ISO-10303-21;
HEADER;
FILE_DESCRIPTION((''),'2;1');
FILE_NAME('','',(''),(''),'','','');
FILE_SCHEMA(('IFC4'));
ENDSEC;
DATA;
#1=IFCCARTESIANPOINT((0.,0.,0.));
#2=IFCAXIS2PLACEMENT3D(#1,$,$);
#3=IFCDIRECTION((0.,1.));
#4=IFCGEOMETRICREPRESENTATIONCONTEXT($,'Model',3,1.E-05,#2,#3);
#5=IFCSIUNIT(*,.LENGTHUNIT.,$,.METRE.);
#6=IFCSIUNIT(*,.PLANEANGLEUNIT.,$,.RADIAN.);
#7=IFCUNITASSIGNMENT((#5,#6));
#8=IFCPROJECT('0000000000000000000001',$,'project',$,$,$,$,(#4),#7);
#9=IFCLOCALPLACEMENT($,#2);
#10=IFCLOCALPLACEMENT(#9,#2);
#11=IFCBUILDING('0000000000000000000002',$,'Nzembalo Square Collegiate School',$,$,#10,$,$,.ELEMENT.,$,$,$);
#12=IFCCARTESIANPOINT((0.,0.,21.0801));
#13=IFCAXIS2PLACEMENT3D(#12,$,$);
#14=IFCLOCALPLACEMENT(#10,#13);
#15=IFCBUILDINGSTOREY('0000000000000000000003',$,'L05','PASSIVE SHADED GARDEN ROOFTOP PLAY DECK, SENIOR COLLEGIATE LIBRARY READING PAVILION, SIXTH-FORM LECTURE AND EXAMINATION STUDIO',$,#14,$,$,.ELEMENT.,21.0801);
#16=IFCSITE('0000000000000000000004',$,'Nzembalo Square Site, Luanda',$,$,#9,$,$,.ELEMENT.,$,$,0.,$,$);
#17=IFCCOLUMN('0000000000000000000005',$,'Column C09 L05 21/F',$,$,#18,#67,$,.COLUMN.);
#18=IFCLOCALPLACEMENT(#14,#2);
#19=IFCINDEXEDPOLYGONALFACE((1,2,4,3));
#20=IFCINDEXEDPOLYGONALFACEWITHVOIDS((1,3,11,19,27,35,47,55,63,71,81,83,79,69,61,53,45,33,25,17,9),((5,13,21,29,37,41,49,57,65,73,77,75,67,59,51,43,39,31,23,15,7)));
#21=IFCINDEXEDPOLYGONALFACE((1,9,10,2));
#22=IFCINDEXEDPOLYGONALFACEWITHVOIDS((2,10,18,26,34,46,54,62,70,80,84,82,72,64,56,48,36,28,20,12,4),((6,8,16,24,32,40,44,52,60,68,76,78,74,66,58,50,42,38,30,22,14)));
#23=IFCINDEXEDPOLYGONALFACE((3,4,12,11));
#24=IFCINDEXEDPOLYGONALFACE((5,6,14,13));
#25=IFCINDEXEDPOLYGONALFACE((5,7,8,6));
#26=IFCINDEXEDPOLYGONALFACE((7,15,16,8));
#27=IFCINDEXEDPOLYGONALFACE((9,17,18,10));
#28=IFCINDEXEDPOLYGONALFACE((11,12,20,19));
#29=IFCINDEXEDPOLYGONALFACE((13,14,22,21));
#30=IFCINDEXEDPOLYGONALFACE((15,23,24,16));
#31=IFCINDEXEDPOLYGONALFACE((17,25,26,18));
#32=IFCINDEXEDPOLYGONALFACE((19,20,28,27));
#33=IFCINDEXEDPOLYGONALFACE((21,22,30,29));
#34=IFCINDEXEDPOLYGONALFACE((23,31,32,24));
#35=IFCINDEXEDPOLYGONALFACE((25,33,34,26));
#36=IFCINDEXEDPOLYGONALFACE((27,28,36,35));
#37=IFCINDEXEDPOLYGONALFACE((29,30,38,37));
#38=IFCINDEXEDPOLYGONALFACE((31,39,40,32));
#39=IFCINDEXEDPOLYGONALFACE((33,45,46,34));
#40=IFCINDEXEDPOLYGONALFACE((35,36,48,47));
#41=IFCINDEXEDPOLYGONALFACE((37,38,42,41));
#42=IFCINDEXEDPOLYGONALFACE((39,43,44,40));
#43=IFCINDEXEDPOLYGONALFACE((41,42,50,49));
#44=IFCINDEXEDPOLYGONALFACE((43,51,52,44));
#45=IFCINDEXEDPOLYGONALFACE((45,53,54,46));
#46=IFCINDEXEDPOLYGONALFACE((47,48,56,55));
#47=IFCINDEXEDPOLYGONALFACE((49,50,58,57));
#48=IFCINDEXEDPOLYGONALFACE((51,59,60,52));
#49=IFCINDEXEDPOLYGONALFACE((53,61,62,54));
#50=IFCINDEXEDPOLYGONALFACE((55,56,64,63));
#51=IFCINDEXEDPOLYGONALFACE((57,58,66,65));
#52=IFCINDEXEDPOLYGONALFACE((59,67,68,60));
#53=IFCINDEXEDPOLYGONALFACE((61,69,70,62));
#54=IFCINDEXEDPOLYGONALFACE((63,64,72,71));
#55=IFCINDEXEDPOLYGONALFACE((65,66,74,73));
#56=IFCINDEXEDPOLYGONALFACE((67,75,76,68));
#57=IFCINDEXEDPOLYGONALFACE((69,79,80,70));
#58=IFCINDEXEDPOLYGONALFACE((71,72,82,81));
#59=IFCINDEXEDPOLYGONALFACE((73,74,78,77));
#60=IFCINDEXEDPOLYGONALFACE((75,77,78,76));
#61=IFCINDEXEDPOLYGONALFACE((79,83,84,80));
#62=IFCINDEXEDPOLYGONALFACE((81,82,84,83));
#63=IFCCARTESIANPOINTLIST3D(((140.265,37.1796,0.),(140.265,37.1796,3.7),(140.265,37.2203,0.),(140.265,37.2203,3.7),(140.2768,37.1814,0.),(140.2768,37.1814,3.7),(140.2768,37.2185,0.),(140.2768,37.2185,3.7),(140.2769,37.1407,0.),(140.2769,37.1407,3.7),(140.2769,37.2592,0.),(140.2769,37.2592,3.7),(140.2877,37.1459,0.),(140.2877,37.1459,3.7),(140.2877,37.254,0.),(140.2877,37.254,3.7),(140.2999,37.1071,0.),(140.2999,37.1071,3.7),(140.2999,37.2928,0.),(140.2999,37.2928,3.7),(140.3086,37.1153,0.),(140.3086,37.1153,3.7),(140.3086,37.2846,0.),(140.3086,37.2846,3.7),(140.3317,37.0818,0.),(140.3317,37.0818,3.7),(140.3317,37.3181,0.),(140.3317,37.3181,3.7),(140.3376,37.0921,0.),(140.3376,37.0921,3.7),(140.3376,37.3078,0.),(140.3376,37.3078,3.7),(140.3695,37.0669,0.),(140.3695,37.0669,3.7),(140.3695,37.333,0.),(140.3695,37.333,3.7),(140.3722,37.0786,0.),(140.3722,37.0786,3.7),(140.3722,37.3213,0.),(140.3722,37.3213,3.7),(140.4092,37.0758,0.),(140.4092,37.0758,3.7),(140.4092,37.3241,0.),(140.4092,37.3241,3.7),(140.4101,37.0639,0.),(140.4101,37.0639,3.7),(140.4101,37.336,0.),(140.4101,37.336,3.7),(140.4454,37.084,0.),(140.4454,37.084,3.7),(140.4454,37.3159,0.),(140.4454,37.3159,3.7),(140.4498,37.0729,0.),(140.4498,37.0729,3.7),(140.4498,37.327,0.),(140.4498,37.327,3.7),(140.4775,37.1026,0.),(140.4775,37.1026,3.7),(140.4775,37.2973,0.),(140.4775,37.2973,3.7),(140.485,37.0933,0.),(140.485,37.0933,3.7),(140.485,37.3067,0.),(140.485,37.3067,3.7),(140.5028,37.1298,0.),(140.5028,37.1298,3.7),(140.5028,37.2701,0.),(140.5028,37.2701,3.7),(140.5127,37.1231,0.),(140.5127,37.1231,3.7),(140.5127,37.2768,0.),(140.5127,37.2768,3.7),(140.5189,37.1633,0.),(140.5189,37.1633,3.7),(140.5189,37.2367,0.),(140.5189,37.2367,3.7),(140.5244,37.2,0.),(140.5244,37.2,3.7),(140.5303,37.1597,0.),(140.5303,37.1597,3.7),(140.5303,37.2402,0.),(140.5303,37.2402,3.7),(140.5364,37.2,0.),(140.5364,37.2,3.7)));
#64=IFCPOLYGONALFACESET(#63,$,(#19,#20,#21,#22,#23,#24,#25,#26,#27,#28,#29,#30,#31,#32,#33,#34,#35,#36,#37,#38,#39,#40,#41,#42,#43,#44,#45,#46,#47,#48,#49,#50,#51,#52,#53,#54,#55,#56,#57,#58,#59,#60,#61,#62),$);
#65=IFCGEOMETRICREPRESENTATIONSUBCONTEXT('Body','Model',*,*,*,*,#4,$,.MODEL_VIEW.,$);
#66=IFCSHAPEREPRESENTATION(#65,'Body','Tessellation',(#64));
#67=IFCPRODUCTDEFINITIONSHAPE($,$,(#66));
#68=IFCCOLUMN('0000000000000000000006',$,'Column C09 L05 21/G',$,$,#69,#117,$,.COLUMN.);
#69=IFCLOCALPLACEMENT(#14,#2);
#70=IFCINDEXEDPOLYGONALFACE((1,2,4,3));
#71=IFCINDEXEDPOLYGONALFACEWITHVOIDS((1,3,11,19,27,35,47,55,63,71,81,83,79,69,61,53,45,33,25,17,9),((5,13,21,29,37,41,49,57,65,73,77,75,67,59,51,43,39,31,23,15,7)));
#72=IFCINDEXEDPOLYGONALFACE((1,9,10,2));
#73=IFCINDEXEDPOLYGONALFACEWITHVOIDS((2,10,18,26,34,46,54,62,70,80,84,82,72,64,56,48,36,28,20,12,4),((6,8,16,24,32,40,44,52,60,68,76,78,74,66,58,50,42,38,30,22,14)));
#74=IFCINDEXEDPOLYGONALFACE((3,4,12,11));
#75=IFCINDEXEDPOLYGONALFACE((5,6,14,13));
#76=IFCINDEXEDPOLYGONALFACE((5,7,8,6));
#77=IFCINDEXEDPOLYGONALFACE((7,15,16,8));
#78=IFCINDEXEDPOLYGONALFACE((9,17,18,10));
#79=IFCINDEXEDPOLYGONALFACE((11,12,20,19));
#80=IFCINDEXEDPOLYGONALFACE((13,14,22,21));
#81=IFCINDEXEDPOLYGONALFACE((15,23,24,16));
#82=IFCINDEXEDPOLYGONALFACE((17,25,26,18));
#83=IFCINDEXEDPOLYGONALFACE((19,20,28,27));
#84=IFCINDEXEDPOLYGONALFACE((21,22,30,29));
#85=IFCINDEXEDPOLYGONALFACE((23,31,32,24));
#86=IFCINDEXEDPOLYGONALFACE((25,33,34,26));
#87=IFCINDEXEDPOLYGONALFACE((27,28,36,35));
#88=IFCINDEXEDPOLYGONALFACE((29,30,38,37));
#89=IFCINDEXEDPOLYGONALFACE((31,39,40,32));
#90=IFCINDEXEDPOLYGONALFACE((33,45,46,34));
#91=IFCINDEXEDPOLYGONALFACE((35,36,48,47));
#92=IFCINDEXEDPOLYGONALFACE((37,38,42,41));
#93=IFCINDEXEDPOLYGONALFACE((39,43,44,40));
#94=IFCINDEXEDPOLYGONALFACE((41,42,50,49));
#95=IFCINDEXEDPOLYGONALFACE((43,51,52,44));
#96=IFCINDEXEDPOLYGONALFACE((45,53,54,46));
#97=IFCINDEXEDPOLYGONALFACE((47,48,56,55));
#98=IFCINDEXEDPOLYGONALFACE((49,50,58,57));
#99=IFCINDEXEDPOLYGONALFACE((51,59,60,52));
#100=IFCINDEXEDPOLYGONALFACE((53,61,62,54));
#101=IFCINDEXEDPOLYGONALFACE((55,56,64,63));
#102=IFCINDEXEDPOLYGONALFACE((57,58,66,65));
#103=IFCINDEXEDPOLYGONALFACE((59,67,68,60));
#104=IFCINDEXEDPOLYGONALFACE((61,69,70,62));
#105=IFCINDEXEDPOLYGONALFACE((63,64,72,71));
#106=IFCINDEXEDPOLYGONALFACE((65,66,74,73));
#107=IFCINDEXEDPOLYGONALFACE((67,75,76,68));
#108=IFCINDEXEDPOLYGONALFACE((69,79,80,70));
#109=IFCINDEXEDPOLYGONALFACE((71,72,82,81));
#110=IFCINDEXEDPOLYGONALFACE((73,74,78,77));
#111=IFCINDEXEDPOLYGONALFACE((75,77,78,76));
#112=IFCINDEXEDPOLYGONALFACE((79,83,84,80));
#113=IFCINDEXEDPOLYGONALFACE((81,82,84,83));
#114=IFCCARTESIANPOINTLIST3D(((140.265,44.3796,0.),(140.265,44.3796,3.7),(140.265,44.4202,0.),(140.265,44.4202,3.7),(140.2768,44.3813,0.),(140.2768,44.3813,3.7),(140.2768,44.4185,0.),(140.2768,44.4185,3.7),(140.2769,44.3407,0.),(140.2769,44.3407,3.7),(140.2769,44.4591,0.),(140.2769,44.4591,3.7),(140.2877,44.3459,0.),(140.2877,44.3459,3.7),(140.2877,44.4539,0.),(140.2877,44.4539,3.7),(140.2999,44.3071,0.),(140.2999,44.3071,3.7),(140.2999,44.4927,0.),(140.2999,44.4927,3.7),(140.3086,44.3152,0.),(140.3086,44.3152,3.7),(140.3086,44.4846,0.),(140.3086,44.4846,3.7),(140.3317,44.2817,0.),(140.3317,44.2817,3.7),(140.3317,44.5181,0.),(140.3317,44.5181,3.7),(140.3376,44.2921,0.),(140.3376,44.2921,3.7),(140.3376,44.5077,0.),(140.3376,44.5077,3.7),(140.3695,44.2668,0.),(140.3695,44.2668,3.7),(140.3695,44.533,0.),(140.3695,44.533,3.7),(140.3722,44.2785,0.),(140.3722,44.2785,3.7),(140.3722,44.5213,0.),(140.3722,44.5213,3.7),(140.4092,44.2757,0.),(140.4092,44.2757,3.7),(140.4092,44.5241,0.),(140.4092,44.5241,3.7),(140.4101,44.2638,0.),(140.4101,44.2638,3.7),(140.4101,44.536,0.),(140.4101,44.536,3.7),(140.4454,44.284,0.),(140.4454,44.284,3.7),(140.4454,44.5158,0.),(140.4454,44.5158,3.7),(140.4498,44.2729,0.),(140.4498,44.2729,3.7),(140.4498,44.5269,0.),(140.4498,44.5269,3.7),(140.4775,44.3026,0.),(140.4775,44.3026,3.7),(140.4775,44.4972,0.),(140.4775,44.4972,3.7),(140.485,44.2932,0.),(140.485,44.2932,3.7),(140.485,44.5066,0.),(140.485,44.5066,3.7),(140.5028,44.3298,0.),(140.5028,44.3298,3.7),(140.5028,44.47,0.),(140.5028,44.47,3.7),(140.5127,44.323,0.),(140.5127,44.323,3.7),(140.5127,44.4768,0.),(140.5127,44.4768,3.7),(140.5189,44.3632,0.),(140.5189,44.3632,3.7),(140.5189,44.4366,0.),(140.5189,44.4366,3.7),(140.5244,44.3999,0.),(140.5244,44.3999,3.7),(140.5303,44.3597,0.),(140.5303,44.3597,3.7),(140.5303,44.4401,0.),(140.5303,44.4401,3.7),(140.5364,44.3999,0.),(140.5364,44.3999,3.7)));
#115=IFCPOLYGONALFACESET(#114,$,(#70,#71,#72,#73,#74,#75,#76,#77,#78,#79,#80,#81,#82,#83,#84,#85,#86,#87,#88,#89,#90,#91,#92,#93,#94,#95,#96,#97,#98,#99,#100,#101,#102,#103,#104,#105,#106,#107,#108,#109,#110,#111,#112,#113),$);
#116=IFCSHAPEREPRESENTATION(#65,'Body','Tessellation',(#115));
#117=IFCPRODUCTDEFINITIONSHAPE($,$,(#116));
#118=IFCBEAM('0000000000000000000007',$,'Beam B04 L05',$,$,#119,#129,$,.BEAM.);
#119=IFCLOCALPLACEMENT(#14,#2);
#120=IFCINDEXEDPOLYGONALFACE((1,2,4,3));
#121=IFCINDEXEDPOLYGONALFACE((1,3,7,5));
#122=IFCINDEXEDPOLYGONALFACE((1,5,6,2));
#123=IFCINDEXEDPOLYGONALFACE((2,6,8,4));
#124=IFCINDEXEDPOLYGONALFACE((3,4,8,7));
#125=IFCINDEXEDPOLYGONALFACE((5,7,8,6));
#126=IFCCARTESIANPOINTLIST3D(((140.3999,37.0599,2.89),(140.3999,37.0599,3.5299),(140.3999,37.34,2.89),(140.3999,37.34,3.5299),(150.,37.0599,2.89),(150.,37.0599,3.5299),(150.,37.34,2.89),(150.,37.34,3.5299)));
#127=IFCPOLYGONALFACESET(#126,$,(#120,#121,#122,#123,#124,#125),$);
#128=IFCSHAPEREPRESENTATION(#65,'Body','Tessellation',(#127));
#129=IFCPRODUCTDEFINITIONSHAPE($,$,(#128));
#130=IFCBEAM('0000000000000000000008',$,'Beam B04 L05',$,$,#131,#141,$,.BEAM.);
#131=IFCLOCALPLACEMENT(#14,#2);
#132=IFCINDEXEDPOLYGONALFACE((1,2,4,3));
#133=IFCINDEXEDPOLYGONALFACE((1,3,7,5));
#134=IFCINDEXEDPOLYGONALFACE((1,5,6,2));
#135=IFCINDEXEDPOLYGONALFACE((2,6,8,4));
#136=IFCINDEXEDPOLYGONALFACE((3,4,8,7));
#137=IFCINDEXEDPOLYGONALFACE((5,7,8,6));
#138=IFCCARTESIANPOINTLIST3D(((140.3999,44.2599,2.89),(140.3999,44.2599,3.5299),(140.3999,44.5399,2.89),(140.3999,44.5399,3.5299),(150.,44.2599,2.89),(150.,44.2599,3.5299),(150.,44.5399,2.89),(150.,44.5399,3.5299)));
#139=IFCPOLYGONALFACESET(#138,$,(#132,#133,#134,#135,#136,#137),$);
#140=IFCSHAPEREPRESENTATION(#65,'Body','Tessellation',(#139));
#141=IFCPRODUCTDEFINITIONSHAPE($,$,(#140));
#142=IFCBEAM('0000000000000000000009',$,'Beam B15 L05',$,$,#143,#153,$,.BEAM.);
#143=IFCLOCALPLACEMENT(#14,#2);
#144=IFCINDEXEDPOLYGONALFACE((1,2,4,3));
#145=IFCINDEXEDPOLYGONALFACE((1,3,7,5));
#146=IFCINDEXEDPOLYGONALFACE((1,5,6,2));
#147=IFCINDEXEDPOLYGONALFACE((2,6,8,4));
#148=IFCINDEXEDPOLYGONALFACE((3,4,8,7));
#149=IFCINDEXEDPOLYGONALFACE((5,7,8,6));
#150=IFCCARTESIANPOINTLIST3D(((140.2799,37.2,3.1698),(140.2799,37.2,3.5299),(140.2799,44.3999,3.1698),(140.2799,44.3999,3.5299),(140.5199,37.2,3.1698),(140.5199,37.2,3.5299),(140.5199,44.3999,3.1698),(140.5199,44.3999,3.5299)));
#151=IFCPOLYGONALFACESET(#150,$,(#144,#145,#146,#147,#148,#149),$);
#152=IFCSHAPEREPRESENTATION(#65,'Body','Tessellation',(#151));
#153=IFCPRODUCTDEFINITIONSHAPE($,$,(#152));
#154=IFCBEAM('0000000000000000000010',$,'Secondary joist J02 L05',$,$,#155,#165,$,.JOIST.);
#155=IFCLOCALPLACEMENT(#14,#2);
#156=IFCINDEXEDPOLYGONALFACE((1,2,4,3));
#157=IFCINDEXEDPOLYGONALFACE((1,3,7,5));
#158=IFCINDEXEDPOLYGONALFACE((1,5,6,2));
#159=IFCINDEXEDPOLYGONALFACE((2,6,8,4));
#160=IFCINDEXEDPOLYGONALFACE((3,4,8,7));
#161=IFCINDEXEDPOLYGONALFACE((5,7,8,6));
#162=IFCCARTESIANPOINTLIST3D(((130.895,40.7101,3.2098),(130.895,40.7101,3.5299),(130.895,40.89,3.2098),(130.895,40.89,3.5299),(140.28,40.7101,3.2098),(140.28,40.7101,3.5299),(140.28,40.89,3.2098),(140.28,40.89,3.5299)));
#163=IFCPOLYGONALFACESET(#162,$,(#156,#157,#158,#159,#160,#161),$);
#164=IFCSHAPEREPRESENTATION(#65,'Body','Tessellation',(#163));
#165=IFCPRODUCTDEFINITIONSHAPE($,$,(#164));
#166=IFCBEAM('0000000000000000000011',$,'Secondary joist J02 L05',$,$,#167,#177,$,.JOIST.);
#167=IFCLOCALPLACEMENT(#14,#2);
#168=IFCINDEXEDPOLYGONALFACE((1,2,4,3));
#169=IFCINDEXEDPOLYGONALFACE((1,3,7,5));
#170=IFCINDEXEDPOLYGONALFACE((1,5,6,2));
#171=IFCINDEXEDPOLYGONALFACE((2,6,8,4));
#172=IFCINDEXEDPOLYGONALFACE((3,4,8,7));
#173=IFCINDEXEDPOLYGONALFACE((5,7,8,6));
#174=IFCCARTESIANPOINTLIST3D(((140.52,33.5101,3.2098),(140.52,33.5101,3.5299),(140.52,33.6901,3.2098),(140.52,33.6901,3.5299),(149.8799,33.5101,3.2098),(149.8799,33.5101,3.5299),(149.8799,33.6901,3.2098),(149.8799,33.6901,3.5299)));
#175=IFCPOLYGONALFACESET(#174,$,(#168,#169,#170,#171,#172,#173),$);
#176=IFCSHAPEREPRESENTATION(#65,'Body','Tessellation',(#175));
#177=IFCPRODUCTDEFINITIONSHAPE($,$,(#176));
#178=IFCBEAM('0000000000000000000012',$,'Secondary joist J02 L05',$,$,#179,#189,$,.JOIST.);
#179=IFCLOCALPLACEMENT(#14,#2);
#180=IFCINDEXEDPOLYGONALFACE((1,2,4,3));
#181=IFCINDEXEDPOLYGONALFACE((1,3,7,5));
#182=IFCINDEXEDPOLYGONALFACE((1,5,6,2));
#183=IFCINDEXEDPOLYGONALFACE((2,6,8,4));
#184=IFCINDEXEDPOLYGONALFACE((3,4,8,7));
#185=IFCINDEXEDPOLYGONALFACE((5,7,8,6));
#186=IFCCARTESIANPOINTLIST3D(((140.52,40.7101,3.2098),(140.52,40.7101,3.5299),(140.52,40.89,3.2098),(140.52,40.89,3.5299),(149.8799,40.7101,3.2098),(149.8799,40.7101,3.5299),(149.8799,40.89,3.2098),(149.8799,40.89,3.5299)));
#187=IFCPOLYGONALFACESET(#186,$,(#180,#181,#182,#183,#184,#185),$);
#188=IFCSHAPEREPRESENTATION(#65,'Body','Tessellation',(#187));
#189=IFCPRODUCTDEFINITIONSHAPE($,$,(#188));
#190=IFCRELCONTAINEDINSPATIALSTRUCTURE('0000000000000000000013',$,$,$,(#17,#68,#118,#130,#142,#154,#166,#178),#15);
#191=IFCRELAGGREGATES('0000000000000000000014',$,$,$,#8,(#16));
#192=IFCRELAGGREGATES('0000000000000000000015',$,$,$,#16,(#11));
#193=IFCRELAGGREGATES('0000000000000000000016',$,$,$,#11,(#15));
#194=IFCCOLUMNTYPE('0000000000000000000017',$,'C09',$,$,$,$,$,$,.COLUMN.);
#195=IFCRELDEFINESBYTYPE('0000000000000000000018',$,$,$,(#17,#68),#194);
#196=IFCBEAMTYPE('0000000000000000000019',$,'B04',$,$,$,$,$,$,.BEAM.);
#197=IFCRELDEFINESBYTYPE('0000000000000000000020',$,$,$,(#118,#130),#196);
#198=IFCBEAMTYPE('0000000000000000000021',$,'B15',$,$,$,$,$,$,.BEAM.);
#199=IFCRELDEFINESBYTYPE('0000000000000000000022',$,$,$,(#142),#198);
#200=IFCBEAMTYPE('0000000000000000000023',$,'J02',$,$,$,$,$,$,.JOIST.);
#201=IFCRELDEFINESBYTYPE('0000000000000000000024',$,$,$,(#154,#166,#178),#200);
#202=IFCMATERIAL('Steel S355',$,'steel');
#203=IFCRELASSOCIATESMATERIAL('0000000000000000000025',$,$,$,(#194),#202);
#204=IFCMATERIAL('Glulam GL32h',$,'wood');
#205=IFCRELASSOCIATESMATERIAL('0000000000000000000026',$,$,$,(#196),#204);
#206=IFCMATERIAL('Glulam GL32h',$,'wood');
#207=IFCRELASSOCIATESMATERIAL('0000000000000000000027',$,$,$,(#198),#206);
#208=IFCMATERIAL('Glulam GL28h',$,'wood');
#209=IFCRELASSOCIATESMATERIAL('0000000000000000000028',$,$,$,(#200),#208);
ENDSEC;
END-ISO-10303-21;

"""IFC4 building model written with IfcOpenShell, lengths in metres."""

from ifc_helpers import new_model, si_unit, direction, frame, origin, origin_2d, place, context, subcontext, project, spatial, rectangle, hollow_circle, extrude, material, material_profile, profile_set, type_object, element, save


model = new_model("IFC4")

# Units and contexts
model_context = context("Model", 3, precision=1e-05, world=origin(), true_north=direction((0.0, 1.0)))
body_context = subcontext(model_context, "Body", "Model", "MODEL_VIEW")
ifc_project = project(units=[si_unit("LENGTHUNIT", "METRE"), si_unit("PLANEANGLEUNIT", "RADIAN")], contexts=[model_context])

# Site, building, storey
site_placement = place(None, origin())
site = spatial("IfcSite", under=ifc_project, at=site_placement, Name="Nzembalo Square Site, Luanda", CompositionType="ELEMENT", RefElevation=0.0)
building_placement = place(site_placement, origin())
building = spatial("IfcBuilding", under=site, at=building_placement, Name="Nzembalo Square Collegiate School", CompositionType="ELEMENT")
storey_placement = place(building_placement, frame((0.0, 0.0, 21.0801)))
storey = spatial("IfcBuildingStorey", under=building, at=storey_placement, Name="L05", Description="PASSIVE SHADED GARDEN ROOFTOP PLAY DECK, SENIOR COLLEGIATE LIBRARY READING PAVILION, SIXTH-FORM LECTURE AND EXAMINATION STUDIO", CompositionType="ELEMENT", Elevation=21.0801)

# Columns
ifc_material_1 = material(Name="Steel S355", Category="steel")
ifc_material_profile_1 = material_profile(ifc_material_1, hollow_circle(Radius=0.1365, WallThickness=0.012, at=origin_2d()), Name="CHS 273x12")
ifc_profile_set_1 = profile_set([ifc_material_profile_1], Name="Steel S355")
column_type = type_object("IfcColumnType", Name="C09", PredefinedType="COLUMN", material=ifc_profile_set_1)
for number, where, z_axis, x_axis, name in (
    (1, (140.3999, 37.2, 0.0), (0.0, 0.0, 1.0), (1.0, 0.0, 0.0), "Column C09 L05 21/F"),
    (2, (140.3999, 44.3999, 0.0), (0.0, 0.0, 1.0), (1.0, 0.0, 0.0), "Column C09 L05 21/G"),
):
    element("IfcColumn", number, at=place(storey_placement, frame(where, z_axis=z_axis, x_axis=x_axis)), inside=storey, type_object=column_type, Name=name, PredefinedType="COLUMN", context=body_context, shape_type="SweptSolid", body=[
        extrude(hollow_circle(Radius=0.1365, WallThickness=0.012, at=origin_2d()), origin(), (0.0, 0.0, 1.0), 3.7),
    ])

# Beams
ifc_material_2 = material(Name="Glulam GL32h", Category="wood")
ifc_material_profile_2 = material_profile(ifc_material_2, rectangle(XDim=0.28, YDim=0.6399, at=origin_2d()), Name="GL32h 280x640")
ifc_profile_set_2 = profile_set([ifc_material_profile_2], Name="Glulam GL32h")
beam_type_1 = type_object("IfcBeamType", Name="B04", PredefinedType="BEAM", material=ifc_profile_set_2)
for number, where, z_axis, x_axis, name in (
    (3, (140.3999, 37.2, 3.21), (1.0, 0.0, 0.0), (0.0, 1.0, 0.0), "Beam B04 L05"),
    (4, (140.3999, 44.3999, 3.21), (1.0, 0.0, 0.0), (0.0, 1.0, 0.0), "Beam B04 L05"),
):
    element("IfcBeam", number, at=place(storey_placement, frame(where, z_axis=z_axis, x_axis=x_axis)), inside=storey, type_object=beam_type_1, Name=name, PredefinedType="BEAM", context=body_context, shape_type="SweptSolid", body=[
        extrude(rectangle(XDim=0.28, YDim=0.6399, at=origin_2d()), origin(), (0.0, 0.0, 1.0), 9.6001),
    ])
ifc_material_3 = material(Name="Glulam GL32h", Category="wood")
ifc_material_profile_3 = material_profile(ifc_material_3, rectangle(XDim=0.24, YDim=0.3601, at=origin_2d()), Name="GL32h 240x360")
ifc_profile_set_3 = profile_set([ifc_material_profile_3], Name="Glulam GL32h")
beam_type_2 = type_object("IfcBeamType", Name="B15", PredefinedType="BEAM", material=ifc_profile_set_3)
beam_1_placement = place(storey_placement, frame((140.3999, 37.2, 3.3499), z_axis=(0.0, 1.0, 0.0), x_axis=(-1.0, 0.0, 0.0)))
element("IfcBeam", 5, at=beam_1_placement, inside=storey, type_object=beam_type_2, Name="Beam B15 L05", PredefinedType="BEAM", context=body_context, shape_type="SweptSolid", body=[
    extrude(rectangle(XDim=0.24, YDim=0.3601, at=origin_2d()), origin(), (0.0, 0.0, 1.0), 7.2),
])
ifc_material_4 = material(Name="Glulam GL28h", Category="wood")
ifc_material_profile_4 = material_profile(ifc_material_4, rectangle(XDim=0.1799, YDim=0.3201, at=origin_2d()), Name="GL28h 180x320")
ifc_profile_set_4 = profile_set([ifc_material_profile_4], Name="Glulam GL28h")
beam_type_3 = type_object("IfcBeamType", Name="J02", PredefinedType="JOIST", material=ifc_profile_set_4)
beam_2_placement = place(storey_placement, frame((130.895, 40.8, 3.3699), z_axis=(1.0, 0.0, 0.0), x_axis=(0.0, 1.0, 0.0)))
element("IfcBeam", 6, at=beam_2_placement, inside=storey, type_object=beam_type_3, Name="Secondary joist J02 L05", PredefinedType="JOIST", context=body_context, shape_type="SweptSolid", body=[
    extrude(rectangle(XDim=0.1799, YDim=0.3201, at=origin_2d()), origin(), (0.0, 0.0, 1.0), 9.385),
])
for number, where, z_axis, x_axis, name in (
    (7, (140.52, 33.6001, 3.3699), (1.0, 0.0, 0.0), (0.0, 1.0, 0.0), "Secondary joist J02 L05"),
    (8, (140.52, 40.8, 3.3699), (1.0, 0.0, 0.0), (0.0, 1.0, 0.0), "Secondary joist J02 L05"),
):
    element("IfcBeam", number, at=place(storey_placement, frame(where, z_axis=z_axis, x_axis=x_axis)), inside=storey, type_object=beam_type_3, Name=name, PredefinedType="JOIST", context=body_context, shape_type="SweptSolid", body=[
        extrude(rectangle(XDim=0.1799, YDim=0.3201, at=origin_2d()), origin(), (0.0, 0.0, 1.0), 9.3599),
    ])

save(model, "model.ifc")
